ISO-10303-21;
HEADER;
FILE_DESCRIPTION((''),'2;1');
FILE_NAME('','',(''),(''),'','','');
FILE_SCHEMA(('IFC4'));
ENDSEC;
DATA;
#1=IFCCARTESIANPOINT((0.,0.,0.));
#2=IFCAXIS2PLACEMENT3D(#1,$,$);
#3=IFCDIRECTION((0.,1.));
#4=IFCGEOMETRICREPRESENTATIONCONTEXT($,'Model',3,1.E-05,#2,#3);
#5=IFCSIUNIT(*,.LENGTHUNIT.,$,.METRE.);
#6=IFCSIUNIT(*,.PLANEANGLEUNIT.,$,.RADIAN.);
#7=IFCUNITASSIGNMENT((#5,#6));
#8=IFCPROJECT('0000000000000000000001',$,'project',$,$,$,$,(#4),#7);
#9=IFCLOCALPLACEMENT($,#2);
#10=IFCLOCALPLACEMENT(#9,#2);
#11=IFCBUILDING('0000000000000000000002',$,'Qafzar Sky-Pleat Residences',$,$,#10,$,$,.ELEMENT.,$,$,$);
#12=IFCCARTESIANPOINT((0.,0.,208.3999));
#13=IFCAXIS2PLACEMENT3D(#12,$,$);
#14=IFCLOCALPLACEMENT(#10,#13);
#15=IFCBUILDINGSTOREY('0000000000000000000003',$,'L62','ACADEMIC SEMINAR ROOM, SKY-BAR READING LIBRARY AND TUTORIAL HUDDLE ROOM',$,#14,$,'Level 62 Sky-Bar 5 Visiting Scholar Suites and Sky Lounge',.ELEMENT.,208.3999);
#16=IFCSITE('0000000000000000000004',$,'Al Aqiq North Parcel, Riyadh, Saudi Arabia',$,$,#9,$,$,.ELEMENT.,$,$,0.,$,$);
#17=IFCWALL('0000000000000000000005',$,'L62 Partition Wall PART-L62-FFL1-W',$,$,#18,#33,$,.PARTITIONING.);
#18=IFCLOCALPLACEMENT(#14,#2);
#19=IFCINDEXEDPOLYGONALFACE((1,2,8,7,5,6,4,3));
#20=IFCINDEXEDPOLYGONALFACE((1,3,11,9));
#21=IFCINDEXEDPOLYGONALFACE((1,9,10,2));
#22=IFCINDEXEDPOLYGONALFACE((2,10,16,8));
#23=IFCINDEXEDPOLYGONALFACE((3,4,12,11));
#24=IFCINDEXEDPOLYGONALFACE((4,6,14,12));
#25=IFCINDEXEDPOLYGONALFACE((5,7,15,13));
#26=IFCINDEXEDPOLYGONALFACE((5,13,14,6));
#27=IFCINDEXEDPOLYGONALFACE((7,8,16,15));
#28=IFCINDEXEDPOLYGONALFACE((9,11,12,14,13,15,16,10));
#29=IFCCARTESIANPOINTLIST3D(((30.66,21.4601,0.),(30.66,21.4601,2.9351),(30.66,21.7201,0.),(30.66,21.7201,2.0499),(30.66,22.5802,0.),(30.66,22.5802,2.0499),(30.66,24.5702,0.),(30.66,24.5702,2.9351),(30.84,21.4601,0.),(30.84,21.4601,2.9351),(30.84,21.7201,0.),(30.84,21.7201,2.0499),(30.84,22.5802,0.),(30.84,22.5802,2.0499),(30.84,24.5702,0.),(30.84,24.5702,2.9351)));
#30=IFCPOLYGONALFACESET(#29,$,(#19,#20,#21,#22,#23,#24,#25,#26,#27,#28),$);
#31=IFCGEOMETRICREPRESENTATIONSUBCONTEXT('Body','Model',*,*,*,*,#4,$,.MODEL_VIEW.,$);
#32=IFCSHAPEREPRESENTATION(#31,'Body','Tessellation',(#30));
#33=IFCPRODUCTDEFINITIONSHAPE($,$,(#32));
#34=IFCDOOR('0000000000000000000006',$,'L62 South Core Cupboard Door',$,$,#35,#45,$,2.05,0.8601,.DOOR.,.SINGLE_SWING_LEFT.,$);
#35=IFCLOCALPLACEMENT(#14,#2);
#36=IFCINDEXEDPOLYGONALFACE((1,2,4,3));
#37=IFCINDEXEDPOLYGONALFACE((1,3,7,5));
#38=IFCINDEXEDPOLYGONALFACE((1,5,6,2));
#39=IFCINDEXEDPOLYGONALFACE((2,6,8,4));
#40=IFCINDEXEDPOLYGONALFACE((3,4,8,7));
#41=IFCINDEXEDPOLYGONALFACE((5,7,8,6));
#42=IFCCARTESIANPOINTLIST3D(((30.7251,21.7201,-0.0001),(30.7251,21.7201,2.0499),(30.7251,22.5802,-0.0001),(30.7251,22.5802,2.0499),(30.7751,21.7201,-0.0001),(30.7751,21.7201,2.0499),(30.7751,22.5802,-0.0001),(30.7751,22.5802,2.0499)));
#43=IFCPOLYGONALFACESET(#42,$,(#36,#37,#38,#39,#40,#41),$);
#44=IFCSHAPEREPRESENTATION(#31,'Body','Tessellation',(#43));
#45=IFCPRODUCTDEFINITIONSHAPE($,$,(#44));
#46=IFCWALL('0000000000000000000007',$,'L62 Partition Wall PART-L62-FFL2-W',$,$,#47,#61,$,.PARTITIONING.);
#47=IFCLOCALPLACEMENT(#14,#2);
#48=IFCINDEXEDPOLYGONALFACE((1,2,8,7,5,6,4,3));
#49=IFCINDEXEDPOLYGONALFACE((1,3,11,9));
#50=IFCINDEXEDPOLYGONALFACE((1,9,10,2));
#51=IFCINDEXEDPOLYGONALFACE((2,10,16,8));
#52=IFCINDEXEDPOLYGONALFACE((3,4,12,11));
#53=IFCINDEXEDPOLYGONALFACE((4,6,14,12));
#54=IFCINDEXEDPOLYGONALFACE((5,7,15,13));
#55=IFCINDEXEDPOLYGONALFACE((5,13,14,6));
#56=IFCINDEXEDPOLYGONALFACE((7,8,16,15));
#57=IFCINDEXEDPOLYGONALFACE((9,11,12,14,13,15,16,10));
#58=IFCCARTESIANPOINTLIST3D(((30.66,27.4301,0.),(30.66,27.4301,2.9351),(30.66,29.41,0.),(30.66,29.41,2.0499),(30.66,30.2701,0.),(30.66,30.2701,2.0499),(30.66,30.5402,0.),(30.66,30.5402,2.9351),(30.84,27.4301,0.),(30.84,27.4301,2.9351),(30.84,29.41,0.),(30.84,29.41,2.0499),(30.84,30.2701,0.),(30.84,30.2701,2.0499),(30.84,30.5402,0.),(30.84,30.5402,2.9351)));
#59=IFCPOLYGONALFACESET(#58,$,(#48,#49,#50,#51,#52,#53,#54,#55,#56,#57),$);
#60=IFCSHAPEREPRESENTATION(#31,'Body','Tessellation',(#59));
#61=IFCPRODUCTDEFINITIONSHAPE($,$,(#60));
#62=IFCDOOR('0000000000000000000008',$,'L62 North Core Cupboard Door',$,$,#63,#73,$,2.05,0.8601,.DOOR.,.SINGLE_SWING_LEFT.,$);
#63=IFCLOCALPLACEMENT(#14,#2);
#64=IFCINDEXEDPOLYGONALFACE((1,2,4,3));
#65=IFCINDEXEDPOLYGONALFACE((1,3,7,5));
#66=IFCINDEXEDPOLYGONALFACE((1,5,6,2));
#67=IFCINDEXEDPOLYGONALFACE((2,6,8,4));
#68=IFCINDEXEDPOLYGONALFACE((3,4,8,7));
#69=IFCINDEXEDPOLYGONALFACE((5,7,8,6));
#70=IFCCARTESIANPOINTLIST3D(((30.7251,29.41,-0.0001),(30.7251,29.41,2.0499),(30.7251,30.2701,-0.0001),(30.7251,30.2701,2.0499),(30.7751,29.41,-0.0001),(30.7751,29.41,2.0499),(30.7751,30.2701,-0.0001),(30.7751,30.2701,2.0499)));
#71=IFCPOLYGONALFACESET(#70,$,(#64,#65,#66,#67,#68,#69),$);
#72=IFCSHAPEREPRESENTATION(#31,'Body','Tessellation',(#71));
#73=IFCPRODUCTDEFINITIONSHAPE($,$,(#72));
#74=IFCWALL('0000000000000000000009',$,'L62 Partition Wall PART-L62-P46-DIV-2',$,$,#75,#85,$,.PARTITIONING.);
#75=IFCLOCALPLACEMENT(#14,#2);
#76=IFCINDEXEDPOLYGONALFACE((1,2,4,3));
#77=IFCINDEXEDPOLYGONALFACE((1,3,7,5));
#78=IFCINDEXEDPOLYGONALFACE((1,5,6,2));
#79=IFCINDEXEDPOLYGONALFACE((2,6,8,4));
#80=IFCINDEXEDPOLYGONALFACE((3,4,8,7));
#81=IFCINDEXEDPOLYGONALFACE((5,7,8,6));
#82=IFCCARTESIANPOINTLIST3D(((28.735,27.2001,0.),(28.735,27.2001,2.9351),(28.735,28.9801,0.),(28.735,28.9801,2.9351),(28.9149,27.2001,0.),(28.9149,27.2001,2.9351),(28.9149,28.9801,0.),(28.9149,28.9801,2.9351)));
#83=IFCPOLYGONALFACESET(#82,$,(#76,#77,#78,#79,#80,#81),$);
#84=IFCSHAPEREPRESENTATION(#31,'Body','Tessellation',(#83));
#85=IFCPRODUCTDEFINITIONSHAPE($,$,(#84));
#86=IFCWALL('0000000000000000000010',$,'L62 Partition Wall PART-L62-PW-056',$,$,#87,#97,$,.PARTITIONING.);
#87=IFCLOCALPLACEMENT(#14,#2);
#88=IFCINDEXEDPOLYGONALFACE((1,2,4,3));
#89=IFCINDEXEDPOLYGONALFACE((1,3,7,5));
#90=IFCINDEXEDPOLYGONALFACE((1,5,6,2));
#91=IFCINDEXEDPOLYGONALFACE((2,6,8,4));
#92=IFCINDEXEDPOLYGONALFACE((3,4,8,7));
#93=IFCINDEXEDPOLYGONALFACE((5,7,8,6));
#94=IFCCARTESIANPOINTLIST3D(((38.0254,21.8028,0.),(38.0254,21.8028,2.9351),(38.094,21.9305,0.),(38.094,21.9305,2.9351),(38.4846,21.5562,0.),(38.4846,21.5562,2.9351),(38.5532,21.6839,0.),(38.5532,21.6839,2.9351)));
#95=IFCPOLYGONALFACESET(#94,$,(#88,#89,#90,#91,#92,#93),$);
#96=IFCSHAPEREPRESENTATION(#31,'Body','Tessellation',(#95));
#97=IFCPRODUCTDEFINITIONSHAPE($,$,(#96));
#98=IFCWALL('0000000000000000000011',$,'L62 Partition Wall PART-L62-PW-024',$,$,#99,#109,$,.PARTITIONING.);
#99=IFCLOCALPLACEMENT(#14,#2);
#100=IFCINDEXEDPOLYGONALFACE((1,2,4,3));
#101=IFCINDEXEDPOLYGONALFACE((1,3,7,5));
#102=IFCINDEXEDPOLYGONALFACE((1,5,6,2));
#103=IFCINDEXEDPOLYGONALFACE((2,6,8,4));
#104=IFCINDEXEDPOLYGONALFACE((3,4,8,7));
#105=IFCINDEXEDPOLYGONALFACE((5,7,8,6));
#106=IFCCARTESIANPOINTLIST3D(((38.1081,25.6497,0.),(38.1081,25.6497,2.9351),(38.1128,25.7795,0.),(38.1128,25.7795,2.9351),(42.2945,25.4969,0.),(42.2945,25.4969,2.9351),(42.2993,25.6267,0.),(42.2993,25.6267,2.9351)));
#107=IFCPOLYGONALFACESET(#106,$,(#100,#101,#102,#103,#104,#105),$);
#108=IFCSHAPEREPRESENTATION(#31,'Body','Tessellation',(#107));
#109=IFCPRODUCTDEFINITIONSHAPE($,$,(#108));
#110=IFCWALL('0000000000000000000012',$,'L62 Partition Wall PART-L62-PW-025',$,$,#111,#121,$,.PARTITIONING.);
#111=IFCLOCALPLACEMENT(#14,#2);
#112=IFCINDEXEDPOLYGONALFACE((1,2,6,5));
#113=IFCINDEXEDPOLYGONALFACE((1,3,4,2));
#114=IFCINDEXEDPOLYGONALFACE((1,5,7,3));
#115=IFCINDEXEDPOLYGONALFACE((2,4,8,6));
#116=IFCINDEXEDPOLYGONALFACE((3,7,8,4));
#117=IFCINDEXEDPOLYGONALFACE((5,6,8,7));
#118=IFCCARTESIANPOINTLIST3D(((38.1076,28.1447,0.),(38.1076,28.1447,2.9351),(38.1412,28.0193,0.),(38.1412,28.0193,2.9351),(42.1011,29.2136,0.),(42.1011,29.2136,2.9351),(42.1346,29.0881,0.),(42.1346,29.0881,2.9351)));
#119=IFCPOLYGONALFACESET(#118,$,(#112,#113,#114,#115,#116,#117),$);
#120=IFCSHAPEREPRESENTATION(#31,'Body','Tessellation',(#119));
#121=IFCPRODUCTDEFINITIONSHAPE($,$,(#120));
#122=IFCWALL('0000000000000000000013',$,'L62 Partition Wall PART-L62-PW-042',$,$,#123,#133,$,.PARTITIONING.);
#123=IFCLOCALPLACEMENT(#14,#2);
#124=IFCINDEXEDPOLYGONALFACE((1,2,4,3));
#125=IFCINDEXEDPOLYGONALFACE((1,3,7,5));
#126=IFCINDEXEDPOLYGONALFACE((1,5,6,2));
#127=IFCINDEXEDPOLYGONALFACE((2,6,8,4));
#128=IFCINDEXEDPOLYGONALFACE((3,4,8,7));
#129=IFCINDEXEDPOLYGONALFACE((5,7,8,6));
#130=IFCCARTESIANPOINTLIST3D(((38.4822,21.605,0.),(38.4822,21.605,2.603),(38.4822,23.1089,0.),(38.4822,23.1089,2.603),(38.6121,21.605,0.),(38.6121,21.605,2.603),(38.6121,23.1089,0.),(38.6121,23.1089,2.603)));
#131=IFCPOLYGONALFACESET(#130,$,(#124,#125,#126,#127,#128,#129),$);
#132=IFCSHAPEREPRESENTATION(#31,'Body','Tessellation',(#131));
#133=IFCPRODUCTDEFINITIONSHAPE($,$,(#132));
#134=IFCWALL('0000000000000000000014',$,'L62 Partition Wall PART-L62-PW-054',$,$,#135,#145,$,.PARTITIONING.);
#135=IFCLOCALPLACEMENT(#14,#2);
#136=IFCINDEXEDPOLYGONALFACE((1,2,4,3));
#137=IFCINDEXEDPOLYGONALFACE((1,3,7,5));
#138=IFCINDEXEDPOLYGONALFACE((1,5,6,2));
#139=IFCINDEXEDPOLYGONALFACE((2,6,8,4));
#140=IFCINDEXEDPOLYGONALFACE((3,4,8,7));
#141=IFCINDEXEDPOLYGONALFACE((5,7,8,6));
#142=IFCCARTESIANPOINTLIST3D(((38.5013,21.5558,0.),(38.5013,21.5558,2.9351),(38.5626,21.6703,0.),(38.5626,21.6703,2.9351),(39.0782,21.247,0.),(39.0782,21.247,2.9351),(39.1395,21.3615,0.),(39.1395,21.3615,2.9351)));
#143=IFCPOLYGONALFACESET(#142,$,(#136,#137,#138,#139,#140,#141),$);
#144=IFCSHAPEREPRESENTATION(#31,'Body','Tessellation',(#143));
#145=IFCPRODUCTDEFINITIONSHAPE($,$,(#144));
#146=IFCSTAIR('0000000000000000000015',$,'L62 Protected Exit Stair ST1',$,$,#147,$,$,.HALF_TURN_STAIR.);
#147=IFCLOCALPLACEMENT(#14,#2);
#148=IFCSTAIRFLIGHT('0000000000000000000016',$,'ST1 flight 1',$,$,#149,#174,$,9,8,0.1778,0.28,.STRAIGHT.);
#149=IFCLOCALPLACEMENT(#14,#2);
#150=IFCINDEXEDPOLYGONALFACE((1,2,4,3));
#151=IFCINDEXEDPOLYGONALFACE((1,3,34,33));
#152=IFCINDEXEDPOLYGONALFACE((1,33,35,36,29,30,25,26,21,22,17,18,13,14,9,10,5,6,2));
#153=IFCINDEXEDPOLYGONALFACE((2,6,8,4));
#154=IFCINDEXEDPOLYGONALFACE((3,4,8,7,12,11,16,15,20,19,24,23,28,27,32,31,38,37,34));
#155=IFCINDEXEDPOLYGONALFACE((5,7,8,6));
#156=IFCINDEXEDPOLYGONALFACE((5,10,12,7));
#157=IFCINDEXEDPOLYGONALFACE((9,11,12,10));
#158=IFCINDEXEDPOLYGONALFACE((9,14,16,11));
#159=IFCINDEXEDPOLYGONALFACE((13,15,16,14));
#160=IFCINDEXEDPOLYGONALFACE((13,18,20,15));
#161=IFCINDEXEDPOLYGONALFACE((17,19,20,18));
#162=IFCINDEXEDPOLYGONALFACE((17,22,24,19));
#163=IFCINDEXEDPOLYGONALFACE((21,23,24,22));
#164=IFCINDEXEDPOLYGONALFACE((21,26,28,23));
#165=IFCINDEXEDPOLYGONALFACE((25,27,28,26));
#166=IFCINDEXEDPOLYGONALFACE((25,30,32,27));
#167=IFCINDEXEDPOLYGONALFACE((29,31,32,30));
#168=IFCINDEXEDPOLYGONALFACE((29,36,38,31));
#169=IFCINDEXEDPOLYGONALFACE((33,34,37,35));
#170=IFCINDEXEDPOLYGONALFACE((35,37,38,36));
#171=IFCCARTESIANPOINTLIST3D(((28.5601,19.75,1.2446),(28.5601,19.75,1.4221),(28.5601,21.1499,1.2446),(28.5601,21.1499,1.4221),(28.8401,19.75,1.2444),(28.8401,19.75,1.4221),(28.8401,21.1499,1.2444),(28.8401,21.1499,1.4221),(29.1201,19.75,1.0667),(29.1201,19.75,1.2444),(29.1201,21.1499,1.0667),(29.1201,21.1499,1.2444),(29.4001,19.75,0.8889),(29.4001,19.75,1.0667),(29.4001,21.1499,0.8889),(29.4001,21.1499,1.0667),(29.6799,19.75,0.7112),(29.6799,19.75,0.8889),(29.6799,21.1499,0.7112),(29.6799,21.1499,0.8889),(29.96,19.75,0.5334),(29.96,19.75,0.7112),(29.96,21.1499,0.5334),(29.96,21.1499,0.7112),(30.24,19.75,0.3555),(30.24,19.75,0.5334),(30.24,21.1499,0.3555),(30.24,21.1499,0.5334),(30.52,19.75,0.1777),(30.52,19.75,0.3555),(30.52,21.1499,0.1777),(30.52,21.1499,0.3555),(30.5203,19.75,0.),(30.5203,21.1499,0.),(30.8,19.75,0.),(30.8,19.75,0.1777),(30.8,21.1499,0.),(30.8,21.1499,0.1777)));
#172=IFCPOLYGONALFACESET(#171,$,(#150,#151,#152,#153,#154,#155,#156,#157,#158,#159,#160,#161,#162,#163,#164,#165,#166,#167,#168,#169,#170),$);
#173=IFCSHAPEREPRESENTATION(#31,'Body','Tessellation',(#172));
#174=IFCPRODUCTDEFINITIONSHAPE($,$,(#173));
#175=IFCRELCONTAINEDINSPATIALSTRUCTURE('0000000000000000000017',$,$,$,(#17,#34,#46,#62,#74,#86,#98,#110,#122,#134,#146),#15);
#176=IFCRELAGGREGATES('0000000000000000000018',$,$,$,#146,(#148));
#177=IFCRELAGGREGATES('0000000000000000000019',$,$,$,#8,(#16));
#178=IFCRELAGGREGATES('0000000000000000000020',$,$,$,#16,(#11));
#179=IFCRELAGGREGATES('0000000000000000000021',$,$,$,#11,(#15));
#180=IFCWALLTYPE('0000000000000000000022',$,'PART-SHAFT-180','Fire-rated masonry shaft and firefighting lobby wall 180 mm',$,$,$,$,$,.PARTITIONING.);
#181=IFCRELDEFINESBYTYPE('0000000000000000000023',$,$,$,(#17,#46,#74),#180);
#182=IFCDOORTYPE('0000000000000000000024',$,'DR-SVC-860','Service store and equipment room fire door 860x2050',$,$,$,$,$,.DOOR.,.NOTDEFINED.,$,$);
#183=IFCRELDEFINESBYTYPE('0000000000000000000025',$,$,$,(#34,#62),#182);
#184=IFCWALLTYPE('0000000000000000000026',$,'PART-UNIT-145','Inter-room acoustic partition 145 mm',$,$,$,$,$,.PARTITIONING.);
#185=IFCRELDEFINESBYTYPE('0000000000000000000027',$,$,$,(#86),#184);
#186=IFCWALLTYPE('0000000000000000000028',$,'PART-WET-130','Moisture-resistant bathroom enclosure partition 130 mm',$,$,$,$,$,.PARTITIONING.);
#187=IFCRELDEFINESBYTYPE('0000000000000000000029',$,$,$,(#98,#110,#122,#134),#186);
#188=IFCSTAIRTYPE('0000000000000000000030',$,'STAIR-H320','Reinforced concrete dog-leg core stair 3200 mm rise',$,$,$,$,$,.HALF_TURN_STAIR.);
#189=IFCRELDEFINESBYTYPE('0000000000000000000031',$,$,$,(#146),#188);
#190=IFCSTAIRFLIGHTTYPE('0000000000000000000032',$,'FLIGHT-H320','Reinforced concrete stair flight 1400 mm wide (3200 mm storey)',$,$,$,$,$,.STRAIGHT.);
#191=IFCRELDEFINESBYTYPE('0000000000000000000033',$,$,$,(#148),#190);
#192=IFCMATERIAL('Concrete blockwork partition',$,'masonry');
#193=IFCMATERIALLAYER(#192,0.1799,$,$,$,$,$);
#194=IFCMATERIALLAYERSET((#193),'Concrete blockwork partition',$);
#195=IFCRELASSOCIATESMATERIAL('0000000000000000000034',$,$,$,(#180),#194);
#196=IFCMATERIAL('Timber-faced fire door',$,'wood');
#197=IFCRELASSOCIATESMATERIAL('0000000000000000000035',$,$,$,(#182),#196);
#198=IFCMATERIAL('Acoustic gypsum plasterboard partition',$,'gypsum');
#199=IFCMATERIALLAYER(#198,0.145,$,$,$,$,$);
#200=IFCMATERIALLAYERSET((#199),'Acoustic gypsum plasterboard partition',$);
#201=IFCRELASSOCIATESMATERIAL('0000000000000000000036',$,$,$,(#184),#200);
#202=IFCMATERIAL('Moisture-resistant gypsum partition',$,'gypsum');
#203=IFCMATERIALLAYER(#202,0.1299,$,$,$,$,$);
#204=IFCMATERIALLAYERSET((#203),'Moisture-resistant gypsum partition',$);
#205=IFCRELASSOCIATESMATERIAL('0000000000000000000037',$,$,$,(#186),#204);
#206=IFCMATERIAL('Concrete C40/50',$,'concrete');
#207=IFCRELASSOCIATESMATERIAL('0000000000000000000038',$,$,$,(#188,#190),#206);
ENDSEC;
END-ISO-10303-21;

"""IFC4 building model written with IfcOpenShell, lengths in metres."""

from ifc_helpers import new_model, si_unit, direction, frame, frame_2d, origin, place, context, subcontext, project, spatial, polyline, rectangle, outline, extrude, source, transform, mapped, material, layer, layer_set, type_object, element, fill, aggregate, save


model = new_model("IFC4")

# Units and contexts
model_context = context("Model", 3, precision=1e-05, world=origin(), true_north=direction((0.0, 1.0)))
body_context = subcontext(model_context, "Body", "Model", "MODEL_VIEW")
ifc_project = project(units=[si_unit("LENGTHUNIT", "METRE"), si_unit("PLANEANGLEUNIT", "RADIAN")], contexts=[model_context])

# Site, building, storey
site_placement = place(None, origin())
site = spatial("IfcSite", under=ifc_project, at=site_placement, Name="Al Aqiq North Parcel, Riyadh, Saudi Arabia", CompositionType="ELEMENT", RefElevation=0.0)
building_placement = place(site_placement, origin())
building = spatial("IfcBuilding", under=site, at=building_placement, Name="Qafzar Sky-Pleat Residences", CompositionType="ELEMENT")
storey_placement = place(building_placement, frame((0.0, 0.0, 208.3999)))
storey = spatial("IfcBuildingStorey", under=building, at=storey_placement, Name="L62", Description="ACADEMIC SEMINAR ROOM, SKY-BAR READING LIBRARY AND TUTORIAL HUDDLE ROOM", LongName="Level 62 Sky-Bar 5 Visiting Scholar Suites and Sky Lounge", CompositionType="ELEMENT", Elevation=208.3999)

# Shared definitions
ifc_material_1 = material(Name="Acoustic gypsum plasterboard partition", Category="gypsum")
ifc_material_2 = material(Name="Timber-faced fire door", Category="wood")

# Walls, openings, doors
ifc_material_3 = material(Name="Concrete blockwork partition", Category="masonry")
ifc_layer_1 = layer(ifc_material_3, 0.1799)
ifc_layer_set_1 = layer_set([ifc_layer_1], Name="Concrete blockwork partition")
wall_type_1 = type_object("IfcWallType", Name="PART-SHAFT-180", Description="Fire-rated masonry shaft and firefighting lobby wall 180 mm", PredefinedType="PARTITIONING", material=ifc_layer_set_1)
wall_1_placement = place(storey_placement, frame((30.75, 21.46, 0.0), z_axis=(0.0, 0.0, 1.0), x_axis=(0.0, 1.0, 0.0)))
wall_1 = element("IfcWall", 1, at=wall_1_placement, inside=storey, type_object=wall_type_1, Name="L62 Partition Wall PART-L62-FFL1-W", PredefinedType="PARTITIONING", context=body_context, shape_type="SweptSolid", body=[
    extrude(rectangle(XDim=3.1101, YDim=0.1799, at=frame_2d((1.5552, 0.0))), origin(), (0.0, 0.0, 1.0), 2.9351),
])
opening_1_placement = place(wall_1_placement, frame((0.26, 0.0, 0.0)))
opening_1 = element("IfcOpeningElement", 2, at=opening_1_placement, cuts=wall_1, PredefinedType="OPENING", context=body_context, shape_type="SweptSolid", body=[
    extrude(rectangle(XDim=0.8601, YDim=2.05, at=frame_2d((0.4302, 1.0249))), frame((0.0, 0.1001, 0.0), z_axis=(0.0, -1.0, 0.0), x_axis=(1.0, 0.0, 0.0)), (0.0, 0.0, 1.0), 0.2),
])
door_type_1 = type_object("IfcDoorType", Name="DR-SVC-860", Description="Service store and equipment room fire door 860x2050", OperationType="NOTDEFINED", PredefinedType="DOOR", material=ifc_material_2)
shared_shape_1 = source(origin(), body_context, "Body", "SweptSolid", [
    extrude(rectangle(XDim=0.8601, YDim=2.05, at=frame_2d((0.4302, 1.0249))), frame((0.0, 0.0249, 0.0), z_axis=(0.0, -1.0, 0.0), x_axis=(1.0, 0.0, 0.0)), (0.0, 0.0, 1.0), 0.05),
])
door_1_placement = place(opening_1_placement, origin())
door_1 = element("IfcDoor", 3, at=door_1_placement, inside=storey, type_object=door_type_1, Name="L62 South Core Cupboard Door", OperationType="SINGLE_SWING_LEFT", OverallHeight=2.05, OverallWidth=0.8601, PredefinedType="DOOR", context=body_context, shape_type="MappedRepresentation", body=[
    mapped(shared_shape_1, transform((0.0, 0.0, 0.0), x_axis=(1.0, 0.0, 0.0), y_axis=(0.0, 1.0, 0.0), z_axis=(0.0, 0.0, 1.0), scale=1.0)),
])
fill(opening_1, door_1)
wall_2_placement = place(storey_placement, frame((30.75, 27.4299, 0.0), z_axis=(0.0, 0.0, 1.0), x_axis=(0.0, 1.0, 0.0)))
wall_2 = element("IfcWall", 4, at=wall_2_placement, inside=storey, type_object=wall_type_1, Name="L62 Partition Wall PART-L62-FFL2-W", PredefinedType="PARTITIONING", context=body_context, shape_type="SweptSolid", body=[
    extrude(rectangle(XDim=3.1101, YDim=0.1799, at=frame_2d((1.5552, 0.0))), origin(), (0.0, 0.0, 1.0), 2.9351),
])
opening_2_placement = place(wall_2_placement, frame((1.98, 0.0, 0.0)))
opening_2 = element("IfcOpeningElement", 5, at=opening_2_placement, cuts=wall_2, PredefinedType="OPENING", context=body_context, shape_type="SweptSolid", body=[
    extrude(rectangle(XDim=0.8601, YDim=2.05, at=frame_2d((0.4302, 1.0249))), frame((0.0, 0.1001, 0.0), z_axis=(0.0, -1.0, 0.0), x_axis=(1.0, 0.0, 0.0)), (0.0, 0.0, 1.0), 0.2),
])
door_2_placement = place(opening_2_placement, origin())
door_2 = element("IfcDoor", 6, at=door_2_placement, inside=storey, type_object=door_type_1, Name="L62 North Core Cupboard Door", OperationType="SINGLE_SWING_LEFT", OverallHeight=2.05, OverallWidth=0.8601, PredefinedType="DOOR", context=body_context, shape_type="MappedRepresentation", body=[
    mapped(shared_shape_1, transform((0.0, 0.0, 0.0), x_axis=(1.0, 0.0, 0.0), y_axis=(0.0, 1.0, 0.0), z_axis=(0.0, 0.0, 1.0), scale=1.0)),
])
fill(opening_2, door_2)

# Walls
wall_3_placement = place(storey_placement, frame((28.825, 27.2, 0.0), z_axis=(0.0, 0.0, 1.0), x_axis=(0.0, 1.0, 0.0)))
element("IfcWall", 7, at=wall_3_placement, inside=storey, type_object=wall_type_1, Name="L62 Partition Wall PART-L62-P46-DIV-2", PredefinedType="PARTITIONING", context=body_context, shape_type="SweptSolid", body=[
    extrude(rectangle(XDim=1.78, YDim=0.1799, at=frame_2d((0.8901, 0.0))), origin(), (0.0, 0.0, 1.0), 2.9351),
])
ifc_layer_2 = layer(ifc_material_1, 0.145)
ifc_layer_set_2 = layer_set([ifc_layer_2], Name="Acoustic gypsum plasterboard partition")
wall_type_2 = type_object("IfcWallType", Name="PART-UNIT-145", Description="Inter-room acoustic partition 145 mm", PredefinedType="PARTITIONING", material=ifc_layer_set_2)
wall_4_placement = place(storey_placement, frame((38.0596, 21.8667, 0.0), z_axis=(0.0, 0.0, 1.0), x_axis=(0.881027, -0.473066, 0.0)))
element("IfcWall", 8, at=wall_4_placement, inside=storey, type_object=wall_type_2, Name="L62 Partition Wall PART-L62-PW-056", PredefinedType="PARTITIONING", context=body_context, shape_type="SweptSolid", body=[
    extrude(rectangle(XDim=0.5212, YDim=0.145, at=frame_2d((0.2607, 0.0))), origin(), (0.0, 0.0, 1.0), 2.9351),
])
ifc_material_4 = material(Name="Moisture-resistant gypsum partition", Category="gypsum")
ifc_layer_3 = layer(ifc_material_4, 0.1299)
ifc_layer_set_3 = layer_set([ifc_layer_3], Name="Moisture-resistant gypsum partition")
wall_type_3 = type_object("IfcWallType", Name="PART-WET-130", Description="Moisture-resistant bathroom enclosure partition 130 mm", PredefinedType="PARTITIONING", material=ifc_layer_set_3)
wall_5_placement = place(storey_placement, frame((38.1104, 25.7146, 0.0), z_axis=(0.0, 0.0, 1.0), x_axis=(0.999334, -0.036481, 0.0)))
element("IfcWall", 9, at=wall_5_placement, inside=storey, type_object=wall_type_3, Name="L62 Partition Wall PART-L62-PW-024", PredefinedType="PARTITIONING", context=body_context, shape_type="SweptSolid", body=[
    extrude(rectangle(XDim=4.1892, YDim=0.1299, at=frame_2d((2.0947, 0.0))), origin(), (0.0, 0.0, 1.0), 2.9351),
])
wall_6_placement = place(storey_placement, frame((38.1245, 28.082, 0.0), z_axis=(0.0, 0.0, 1.0), x_axis=(0.965997, 0.258552, 0.0)))
element("IfcWall", 10, at=wall_6_placement, inside=storey, type_object=wall_type_3, Name="L62 Partition Wall PART-L62-PW-025", PredefinedType="PARTITIONING", context=body_context, shape_type="SweptSolid", body=[
    extrude(rectangle(XDim=4.134, YDim=0.1299, at=frame_2d((2.0669, 0.0))), origin(), (0.0, 0.0, 1.0), 2.9351),
])
wall_7_placement = place(storey_placement, frame((38.5471, 21.605, 0.0), z_axis=(0.0, 0.0, 1.0), x_axis=(0.0, 1.0, 0.0)))
element("IfcWall", 11, at=wall_7_placement, inside=storey, type_object=wall_type_3, Name="L62 Partition Wall PART-L62-PW-042", PredefinedType="PARTITIONING", context=body_context, shape_type="SweptSolid", body=[
    extrude(rectangle(XDim=1.5039, YDim=0.1299, at=frame_2d((0.752, 0.0))), origin(), (0.0, 0.0, 1.0), 2.603),
])
wall_8_placement = place(storey_placement, frame((38.532, 21.613, 0.0), z_axis=(0.0, 0.0, 1.0), x_axis=(0.881619, -0.471963, 0.0)))
element("IfcWall", 12, at=wall_8_placement, inside=storey, type_object=wall_type_3, Name="L62 Partition Wall PART-L62-PW-054", PredefinedType="PARTITIONING", context=body_context, shape_type="SweptSolid", body=[
    extrude(rectangle(XDim=0.6543, YDim=0.1299, at=frame_2d((0.3271, 0.0))), origin(), (0.0, 0.0, 1.0), 2.9351),
])

# Stair, stair flight
ifc_material_5 = material(Name="Concrete C40/50", Category="concrete")
stair_type = type_object("IfcStairType", Name="STAIR-H320", Description="Reinforced concrete dog-leg core stair 3200 mm rise", PredefinedType="HALF_TURN_STAIR", material=ifc_material_5)
stair_placement = place(storey_placement, origin())
stair = element("IfcStair", 13, at=stair_placement, inside=storey, type_object=stair_type, Name="L62 Protected Exit Stair ST1", PredefinedType="HALF_TURN_STAIR")
stair_flight_type = type_object("IfcStairFlightType", Name="FLIGHT-H320", Description="Reinforced concrete stair flight 1400 mm wide (3200 mm storey)", PredefinedType="STRAIGHT", material=ifc_material_5)
shared_shape_2 = source(origin(), body_context, "Body", "SweptSolid", [
    extrude(outline(polyline([(0.0, 0.0), (0.0, 0.1777), (0.28, 0.1777), (0.28, 0.3555), (0.5601, 0.3555), (0.5601, 0.5334), (0.8401, 0.5334), (0.8401, 0.7112), (1.1201, 0.7112), (1.1201, 0.8889), (1.3999, 0.8889), (1.3999, 1.0667), (1.6799, 1.0667), (1.6799, 1.2444), (1.96, 1.2444), (1.96, 1.4221), (2.24, 1.4221), (2.24, 1.6001), (2.24, 1.2446), (0.2798, 0.0), (0.0, 0.0)])), frame((0.0, 0.7, 0.0), z_axis=(0.0, -1.0, 0.0), x_axis=(1.0, 0.0, 0.0)), (0.0, 0.0, 1.0), 1.3999),
])
stair_flight_placement = place(storey_placement, frame((30.8, 20.45, 0.0), z_axis=(0.0, 0.0, 1.0), x_axis=(-1.0, 0.0, 0.0)))
stair_flight = element("IfcStairFlight", 14, at=stair_flight_placement, type_object=stair_flight_type, Name="ST1 flight 1", NumberOfRisers=9, NumberOfTreads=8, PredefinedType="STRAIGHT", RiserHeight=0.1778, TreadLength=0.28, context=body_context, shape_type="MappedRepresentation", body=[
    mapped(shared_shape_2, transform((0.0, 0.0, 0.0), x_axis=(1.0, 0.0, 0.0), y_axis=(0.0, 1.0, 0.0), z_axis=(0.0, 0.0, 1.0), scale=1.0)),
])
aggregate(stair, [stair_flight])

save(model, "model.ifc")
